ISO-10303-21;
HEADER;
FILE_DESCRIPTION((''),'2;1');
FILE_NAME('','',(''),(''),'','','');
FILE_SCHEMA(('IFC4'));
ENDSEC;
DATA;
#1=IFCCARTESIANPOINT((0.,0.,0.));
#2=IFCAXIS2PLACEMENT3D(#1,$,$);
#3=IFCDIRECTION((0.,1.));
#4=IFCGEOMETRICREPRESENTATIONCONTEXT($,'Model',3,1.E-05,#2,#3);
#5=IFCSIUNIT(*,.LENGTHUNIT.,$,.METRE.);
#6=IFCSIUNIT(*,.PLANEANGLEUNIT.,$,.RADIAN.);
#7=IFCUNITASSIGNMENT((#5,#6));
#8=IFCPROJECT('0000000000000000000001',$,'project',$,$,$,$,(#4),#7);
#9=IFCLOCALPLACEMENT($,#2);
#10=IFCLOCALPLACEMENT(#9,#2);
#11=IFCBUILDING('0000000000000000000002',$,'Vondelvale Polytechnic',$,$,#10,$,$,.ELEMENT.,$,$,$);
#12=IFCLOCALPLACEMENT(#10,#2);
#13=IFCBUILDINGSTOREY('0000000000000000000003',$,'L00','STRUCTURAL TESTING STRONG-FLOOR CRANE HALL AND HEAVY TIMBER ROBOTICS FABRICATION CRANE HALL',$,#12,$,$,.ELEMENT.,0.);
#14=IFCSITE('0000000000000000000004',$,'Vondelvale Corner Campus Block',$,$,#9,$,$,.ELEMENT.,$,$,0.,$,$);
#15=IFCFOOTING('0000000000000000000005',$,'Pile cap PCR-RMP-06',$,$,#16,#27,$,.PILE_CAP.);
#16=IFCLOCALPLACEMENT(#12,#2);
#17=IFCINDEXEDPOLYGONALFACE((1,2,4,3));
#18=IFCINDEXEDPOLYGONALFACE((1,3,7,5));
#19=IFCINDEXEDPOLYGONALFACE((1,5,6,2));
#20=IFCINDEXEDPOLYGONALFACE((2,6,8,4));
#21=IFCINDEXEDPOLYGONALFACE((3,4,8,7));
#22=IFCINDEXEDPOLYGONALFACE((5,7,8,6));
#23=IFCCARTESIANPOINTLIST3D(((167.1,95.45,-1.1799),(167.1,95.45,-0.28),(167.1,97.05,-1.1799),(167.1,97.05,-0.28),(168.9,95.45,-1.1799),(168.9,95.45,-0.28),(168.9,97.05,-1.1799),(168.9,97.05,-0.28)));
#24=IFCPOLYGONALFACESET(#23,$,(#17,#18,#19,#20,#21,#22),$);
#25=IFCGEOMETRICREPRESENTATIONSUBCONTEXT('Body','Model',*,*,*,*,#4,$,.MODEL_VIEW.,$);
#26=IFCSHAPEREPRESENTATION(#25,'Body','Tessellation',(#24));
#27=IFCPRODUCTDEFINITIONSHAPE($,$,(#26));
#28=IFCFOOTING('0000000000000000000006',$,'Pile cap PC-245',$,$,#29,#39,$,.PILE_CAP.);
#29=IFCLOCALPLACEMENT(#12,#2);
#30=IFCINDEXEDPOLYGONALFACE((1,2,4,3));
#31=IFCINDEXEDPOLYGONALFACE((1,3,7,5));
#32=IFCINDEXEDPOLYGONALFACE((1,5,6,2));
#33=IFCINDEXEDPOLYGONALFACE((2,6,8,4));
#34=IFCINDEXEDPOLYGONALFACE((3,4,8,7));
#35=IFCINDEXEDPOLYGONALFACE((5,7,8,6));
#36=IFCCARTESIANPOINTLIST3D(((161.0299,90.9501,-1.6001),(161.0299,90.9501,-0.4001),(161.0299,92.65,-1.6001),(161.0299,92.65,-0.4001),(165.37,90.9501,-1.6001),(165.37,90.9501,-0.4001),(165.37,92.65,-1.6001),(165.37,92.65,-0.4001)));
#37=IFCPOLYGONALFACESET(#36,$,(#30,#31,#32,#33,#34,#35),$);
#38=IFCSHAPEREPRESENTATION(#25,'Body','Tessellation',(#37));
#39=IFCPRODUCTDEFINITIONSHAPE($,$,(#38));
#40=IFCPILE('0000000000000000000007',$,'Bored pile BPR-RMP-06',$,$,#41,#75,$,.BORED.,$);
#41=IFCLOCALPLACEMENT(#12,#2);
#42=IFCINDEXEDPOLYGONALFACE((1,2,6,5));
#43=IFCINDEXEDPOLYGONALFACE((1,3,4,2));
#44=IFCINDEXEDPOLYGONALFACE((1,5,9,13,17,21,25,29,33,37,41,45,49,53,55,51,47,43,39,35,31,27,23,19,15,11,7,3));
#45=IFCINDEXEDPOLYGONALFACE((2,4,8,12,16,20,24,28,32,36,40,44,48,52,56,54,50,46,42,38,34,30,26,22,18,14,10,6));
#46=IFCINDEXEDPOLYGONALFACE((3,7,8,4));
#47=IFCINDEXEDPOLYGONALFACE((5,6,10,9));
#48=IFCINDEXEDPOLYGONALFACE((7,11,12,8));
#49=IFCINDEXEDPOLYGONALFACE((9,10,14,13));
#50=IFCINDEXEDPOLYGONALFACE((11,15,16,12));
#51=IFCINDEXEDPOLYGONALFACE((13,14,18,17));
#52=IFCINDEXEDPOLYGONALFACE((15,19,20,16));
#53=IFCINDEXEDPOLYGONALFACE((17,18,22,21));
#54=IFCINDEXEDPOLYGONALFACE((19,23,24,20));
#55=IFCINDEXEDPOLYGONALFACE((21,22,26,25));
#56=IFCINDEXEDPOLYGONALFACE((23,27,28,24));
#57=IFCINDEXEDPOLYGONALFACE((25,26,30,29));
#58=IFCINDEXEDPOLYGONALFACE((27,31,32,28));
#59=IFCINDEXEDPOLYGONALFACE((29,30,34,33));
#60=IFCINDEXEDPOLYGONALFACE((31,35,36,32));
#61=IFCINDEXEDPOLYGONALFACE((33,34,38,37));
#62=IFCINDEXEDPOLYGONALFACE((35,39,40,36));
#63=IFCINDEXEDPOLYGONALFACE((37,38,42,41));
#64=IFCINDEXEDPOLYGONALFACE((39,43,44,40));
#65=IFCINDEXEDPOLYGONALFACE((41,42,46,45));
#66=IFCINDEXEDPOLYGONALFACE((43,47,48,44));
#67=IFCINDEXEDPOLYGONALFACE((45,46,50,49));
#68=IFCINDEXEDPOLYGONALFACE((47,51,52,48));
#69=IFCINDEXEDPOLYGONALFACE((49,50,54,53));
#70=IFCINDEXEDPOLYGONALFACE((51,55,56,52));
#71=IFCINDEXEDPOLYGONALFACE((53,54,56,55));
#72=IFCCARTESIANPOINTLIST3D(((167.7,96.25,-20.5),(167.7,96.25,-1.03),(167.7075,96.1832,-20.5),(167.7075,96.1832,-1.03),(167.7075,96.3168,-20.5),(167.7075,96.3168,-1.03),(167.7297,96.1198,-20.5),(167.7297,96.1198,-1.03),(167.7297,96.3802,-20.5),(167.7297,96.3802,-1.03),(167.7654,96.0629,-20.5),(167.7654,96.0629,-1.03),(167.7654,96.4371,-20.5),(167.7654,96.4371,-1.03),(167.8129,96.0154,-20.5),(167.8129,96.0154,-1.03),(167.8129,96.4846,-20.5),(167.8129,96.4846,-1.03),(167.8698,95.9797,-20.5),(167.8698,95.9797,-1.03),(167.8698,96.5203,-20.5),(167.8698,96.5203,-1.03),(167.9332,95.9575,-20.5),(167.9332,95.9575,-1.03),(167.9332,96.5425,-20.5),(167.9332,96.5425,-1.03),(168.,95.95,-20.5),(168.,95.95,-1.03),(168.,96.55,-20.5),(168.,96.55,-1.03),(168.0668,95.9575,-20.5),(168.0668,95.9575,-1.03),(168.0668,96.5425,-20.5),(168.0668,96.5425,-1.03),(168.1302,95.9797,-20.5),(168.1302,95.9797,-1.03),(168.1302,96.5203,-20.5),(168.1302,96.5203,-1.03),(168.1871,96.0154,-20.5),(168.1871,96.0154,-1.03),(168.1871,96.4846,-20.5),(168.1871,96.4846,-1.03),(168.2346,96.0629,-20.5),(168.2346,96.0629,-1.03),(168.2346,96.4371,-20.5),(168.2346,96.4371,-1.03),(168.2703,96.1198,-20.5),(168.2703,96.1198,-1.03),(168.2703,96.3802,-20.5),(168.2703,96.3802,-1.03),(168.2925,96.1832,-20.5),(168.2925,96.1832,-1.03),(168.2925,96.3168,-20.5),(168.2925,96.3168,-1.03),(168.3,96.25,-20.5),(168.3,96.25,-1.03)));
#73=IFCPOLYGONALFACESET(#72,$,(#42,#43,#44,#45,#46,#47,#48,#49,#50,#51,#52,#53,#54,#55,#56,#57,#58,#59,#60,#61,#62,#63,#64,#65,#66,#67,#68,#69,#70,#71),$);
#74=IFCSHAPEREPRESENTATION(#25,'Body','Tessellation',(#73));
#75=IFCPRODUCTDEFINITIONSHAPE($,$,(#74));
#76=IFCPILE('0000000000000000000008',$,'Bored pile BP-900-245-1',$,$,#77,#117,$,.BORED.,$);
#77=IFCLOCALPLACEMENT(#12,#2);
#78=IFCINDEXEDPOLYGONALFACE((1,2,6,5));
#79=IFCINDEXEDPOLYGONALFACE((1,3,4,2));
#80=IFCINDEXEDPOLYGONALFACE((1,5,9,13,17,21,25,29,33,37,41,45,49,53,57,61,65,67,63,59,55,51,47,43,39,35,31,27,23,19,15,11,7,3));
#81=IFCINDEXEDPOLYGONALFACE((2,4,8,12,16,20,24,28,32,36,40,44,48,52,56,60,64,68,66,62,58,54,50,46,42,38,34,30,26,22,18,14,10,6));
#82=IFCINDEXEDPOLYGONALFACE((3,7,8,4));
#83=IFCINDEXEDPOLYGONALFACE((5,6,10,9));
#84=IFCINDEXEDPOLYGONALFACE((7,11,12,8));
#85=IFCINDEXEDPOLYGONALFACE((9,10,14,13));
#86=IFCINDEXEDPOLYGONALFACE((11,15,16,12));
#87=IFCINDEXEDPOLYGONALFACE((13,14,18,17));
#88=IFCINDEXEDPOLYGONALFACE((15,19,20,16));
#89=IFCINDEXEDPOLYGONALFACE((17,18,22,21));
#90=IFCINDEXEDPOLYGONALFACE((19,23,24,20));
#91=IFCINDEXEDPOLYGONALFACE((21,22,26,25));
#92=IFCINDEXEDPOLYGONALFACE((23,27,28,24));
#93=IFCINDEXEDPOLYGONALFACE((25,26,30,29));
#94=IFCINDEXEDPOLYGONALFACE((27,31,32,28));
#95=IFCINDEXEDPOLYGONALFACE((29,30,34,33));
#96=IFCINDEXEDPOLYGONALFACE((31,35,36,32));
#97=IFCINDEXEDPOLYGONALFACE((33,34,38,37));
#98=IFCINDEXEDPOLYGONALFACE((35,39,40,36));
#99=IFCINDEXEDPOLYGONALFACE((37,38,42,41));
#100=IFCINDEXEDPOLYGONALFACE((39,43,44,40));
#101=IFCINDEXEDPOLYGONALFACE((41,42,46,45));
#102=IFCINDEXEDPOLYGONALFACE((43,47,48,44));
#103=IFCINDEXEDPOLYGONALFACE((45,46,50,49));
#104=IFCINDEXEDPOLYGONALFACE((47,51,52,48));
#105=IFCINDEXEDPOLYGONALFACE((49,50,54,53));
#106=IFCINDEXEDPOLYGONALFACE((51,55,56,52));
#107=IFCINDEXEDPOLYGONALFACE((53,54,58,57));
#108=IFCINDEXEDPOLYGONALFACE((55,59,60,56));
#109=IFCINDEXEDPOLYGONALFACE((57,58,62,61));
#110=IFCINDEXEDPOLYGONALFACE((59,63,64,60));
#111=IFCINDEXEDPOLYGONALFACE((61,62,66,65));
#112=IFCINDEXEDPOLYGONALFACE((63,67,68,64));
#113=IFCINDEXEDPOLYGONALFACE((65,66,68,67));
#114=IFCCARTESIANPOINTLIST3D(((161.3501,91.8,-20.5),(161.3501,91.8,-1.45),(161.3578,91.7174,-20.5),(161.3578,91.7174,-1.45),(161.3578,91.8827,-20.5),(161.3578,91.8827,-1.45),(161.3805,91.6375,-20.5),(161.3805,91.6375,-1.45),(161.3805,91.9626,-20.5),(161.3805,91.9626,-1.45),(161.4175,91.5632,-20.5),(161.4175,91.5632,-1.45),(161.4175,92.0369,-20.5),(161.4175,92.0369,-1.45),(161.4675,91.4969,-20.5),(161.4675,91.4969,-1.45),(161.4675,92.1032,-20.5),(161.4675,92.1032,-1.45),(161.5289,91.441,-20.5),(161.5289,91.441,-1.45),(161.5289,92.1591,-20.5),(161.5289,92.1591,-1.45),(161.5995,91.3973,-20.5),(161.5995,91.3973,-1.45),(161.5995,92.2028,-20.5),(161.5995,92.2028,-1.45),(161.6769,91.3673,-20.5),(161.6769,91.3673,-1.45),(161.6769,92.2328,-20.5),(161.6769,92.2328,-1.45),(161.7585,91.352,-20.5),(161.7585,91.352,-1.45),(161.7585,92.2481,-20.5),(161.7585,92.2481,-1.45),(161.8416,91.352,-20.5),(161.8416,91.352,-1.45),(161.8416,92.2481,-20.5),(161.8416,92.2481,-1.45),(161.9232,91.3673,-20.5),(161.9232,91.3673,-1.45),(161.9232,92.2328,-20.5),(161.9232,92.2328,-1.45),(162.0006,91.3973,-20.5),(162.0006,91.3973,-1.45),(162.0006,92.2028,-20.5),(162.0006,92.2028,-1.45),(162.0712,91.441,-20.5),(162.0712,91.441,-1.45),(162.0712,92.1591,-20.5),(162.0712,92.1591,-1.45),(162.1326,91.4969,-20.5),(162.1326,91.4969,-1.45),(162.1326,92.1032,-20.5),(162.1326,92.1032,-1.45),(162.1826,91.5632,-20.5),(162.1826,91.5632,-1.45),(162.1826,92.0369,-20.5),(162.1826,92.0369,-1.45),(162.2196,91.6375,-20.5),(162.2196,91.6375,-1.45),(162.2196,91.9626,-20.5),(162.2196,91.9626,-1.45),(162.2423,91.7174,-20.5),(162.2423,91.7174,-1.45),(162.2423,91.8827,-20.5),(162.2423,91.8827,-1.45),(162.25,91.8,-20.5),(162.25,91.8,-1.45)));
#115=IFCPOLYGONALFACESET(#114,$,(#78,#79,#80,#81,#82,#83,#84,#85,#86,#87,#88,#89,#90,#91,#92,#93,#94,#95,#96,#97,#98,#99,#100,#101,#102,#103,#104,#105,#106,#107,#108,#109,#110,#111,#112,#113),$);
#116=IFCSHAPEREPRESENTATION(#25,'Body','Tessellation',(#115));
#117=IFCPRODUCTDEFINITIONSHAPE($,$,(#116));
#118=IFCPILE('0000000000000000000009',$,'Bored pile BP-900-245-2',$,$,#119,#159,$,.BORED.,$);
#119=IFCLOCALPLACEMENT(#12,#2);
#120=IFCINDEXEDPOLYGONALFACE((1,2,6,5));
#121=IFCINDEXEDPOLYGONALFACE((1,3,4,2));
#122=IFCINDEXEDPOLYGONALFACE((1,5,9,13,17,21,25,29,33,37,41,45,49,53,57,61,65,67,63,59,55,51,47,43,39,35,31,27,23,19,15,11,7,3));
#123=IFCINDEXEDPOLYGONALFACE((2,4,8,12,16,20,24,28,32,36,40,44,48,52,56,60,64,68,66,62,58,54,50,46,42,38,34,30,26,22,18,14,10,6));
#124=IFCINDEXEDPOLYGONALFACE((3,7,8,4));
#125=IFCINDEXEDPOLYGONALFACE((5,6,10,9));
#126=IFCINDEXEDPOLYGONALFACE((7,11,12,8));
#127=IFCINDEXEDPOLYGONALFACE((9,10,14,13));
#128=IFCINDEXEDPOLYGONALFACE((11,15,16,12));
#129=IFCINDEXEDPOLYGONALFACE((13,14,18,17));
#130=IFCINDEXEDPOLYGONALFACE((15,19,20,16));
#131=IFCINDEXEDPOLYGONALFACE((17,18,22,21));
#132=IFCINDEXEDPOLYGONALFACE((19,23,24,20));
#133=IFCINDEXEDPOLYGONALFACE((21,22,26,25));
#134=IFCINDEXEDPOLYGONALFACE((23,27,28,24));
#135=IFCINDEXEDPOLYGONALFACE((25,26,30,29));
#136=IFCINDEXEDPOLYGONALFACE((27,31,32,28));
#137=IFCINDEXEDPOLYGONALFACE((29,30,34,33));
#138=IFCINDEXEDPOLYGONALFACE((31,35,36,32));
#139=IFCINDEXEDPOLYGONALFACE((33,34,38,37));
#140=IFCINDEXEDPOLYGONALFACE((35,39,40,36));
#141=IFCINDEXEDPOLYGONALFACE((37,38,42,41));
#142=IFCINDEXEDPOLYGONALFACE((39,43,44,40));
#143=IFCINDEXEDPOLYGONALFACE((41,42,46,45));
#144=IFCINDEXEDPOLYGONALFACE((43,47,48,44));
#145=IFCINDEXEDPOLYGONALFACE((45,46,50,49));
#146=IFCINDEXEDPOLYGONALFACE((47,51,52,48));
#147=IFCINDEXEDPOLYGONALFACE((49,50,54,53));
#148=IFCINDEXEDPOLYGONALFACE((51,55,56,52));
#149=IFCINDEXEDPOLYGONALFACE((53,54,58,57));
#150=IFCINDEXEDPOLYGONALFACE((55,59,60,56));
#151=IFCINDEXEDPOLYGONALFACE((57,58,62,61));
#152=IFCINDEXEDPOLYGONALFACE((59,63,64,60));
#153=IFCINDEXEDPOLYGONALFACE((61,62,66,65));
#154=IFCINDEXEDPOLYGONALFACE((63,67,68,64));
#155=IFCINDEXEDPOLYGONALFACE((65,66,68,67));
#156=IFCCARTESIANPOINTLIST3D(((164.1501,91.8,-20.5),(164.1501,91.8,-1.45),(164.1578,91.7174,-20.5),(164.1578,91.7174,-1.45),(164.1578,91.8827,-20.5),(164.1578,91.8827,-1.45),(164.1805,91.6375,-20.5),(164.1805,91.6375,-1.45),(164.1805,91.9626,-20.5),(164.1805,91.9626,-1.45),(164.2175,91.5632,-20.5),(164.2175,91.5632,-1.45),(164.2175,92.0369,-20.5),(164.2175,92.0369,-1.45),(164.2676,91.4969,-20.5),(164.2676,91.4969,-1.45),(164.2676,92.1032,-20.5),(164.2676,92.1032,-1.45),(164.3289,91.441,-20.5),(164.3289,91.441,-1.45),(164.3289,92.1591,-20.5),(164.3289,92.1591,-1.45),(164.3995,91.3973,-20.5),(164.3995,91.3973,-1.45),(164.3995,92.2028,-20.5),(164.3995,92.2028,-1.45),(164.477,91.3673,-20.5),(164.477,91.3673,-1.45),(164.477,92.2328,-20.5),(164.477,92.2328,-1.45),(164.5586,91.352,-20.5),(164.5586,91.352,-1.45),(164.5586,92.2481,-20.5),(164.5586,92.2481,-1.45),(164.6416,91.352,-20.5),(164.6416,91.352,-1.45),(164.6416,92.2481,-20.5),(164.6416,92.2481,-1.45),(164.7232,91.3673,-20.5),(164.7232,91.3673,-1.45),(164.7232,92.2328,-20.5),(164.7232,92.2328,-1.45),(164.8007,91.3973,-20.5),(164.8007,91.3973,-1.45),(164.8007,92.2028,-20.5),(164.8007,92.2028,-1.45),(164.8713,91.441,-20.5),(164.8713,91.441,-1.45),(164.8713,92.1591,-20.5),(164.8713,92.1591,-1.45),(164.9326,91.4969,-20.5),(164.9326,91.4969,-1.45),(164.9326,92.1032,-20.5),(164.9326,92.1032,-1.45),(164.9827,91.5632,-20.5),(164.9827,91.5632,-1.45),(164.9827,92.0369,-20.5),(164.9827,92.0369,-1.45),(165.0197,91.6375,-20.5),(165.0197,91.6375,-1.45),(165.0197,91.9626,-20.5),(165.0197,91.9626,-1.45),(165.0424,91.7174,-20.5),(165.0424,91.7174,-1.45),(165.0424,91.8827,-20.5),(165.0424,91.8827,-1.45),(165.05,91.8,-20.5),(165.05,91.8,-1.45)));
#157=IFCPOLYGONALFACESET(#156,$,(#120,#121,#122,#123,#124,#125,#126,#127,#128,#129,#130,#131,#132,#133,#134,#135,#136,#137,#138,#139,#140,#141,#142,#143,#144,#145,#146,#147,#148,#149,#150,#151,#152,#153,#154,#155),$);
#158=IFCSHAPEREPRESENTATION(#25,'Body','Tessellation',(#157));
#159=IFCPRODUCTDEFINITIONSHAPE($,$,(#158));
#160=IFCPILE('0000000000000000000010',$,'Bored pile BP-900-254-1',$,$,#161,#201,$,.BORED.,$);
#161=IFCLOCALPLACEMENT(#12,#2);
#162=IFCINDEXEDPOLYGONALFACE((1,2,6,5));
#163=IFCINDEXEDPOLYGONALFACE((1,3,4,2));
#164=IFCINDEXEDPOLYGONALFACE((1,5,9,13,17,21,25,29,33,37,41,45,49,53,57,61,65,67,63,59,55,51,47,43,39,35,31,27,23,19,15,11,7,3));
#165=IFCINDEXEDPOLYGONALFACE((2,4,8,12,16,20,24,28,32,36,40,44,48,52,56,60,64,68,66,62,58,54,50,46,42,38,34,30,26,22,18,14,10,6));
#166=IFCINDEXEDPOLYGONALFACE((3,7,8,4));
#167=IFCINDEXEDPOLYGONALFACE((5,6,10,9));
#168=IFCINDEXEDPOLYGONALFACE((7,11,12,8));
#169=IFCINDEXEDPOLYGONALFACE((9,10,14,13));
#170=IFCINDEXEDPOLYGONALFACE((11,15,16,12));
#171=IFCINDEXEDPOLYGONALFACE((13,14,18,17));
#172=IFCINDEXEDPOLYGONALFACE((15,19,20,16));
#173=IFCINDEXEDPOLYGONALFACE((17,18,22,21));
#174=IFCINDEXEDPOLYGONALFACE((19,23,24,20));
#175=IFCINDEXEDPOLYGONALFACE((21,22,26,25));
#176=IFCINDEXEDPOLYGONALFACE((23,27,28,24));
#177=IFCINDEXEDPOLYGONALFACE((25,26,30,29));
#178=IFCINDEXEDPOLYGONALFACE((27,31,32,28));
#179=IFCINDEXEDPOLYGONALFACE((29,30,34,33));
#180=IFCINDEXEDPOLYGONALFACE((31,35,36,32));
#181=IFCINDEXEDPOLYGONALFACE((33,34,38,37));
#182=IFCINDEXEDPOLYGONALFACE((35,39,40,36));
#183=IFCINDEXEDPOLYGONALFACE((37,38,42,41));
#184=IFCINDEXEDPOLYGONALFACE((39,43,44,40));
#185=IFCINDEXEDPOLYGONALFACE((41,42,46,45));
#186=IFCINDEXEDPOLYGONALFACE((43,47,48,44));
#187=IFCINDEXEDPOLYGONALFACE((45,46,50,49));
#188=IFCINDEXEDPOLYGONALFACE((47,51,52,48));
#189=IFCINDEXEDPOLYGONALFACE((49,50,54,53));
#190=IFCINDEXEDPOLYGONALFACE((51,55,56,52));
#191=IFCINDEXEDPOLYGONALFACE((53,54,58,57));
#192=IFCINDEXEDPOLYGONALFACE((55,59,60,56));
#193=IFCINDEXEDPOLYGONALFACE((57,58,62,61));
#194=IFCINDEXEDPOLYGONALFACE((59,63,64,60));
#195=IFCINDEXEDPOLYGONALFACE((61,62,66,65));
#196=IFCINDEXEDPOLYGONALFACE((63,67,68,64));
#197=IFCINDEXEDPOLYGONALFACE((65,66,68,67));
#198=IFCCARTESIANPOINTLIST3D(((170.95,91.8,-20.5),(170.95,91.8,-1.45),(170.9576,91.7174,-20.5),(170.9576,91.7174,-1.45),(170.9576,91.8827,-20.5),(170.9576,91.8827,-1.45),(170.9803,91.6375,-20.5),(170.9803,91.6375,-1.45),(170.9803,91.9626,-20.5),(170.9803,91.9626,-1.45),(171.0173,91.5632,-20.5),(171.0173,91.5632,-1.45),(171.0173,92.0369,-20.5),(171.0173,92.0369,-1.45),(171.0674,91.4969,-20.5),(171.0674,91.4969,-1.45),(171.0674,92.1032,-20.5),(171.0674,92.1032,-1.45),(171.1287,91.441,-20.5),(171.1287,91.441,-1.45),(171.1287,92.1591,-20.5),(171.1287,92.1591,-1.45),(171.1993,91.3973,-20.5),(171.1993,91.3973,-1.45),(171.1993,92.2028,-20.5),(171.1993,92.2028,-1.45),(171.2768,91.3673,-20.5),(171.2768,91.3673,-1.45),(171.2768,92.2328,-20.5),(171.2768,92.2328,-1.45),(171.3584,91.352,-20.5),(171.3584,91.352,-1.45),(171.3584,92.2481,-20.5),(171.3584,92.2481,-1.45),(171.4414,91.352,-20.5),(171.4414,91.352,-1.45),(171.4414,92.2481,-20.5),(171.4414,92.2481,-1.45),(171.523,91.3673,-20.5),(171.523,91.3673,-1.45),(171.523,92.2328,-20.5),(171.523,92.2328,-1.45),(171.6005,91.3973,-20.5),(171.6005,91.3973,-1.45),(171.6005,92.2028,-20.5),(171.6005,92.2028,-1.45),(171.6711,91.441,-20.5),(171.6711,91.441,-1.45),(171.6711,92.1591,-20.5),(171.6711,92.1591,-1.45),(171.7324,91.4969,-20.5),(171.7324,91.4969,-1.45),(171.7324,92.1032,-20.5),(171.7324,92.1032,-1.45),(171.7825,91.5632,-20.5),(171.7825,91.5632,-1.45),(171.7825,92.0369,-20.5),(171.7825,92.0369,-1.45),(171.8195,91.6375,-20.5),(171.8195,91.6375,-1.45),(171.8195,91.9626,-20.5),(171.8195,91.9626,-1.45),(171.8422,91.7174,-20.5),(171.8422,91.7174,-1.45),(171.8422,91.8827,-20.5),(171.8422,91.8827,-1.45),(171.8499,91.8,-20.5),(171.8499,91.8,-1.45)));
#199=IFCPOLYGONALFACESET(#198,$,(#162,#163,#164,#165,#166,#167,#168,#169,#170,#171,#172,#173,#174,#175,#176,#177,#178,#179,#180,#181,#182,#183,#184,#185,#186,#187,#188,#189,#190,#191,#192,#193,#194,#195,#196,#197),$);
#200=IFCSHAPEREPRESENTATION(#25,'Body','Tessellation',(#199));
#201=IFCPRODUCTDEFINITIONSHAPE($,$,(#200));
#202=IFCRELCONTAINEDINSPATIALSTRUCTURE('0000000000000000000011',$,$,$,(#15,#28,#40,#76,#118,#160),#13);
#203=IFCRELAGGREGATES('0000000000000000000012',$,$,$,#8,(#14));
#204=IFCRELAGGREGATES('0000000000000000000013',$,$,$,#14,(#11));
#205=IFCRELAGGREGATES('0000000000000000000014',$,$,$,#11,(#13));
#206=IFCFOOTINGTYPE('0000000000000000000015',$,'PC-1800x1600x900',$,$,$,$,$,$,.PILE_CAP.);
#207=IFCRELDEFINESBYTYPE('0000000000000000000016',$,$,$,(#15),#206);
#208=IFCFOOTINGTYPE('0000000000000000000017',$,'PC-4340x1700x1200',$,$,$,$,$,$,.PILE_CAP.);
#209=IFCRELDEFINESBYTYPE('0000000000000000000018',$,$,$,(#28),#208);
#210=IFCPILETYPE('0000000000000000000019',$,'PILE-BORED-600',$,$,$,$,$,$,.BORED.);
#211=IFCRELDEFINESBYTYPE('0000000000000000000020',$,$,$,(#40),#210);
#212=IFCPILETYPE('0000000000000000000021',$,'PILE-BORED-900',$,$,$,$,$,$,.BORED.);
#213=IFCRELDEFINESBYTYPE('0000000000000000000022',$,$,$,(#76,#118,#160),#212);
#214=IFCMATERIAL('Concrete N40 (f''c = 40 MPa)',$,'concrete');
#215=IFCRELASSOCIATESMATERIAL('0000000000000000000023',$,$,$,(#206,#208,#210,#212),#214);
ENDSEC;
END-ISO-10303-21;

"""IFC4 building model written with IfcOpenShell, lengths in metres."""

from ifc_helpers import new_model, si_unit, direction, frame, origin, origin_2d, place, context, subcontext, project, spatial, rectangle, circle, extrude, material, material_profile, profile_set, type_object, element, save


model = new_model("IFC4")

# Units and contexts
model_context = context("Model", 3, precision=1e-05, world=origin(), true_north=direction((0.0, 1.0)))
body_context = subcontext(model_context, "Body", "Model", "MODEL_VIEW")
ifc_project = project(units=[si_unit("LENGTHUNIT", "METRE"), si_unit("PLANEANGLEUNIT", "RADIAN")], contexts=[model_context])

# Site, building, storey
site_placement = place(None, origin())
site = spatial("IfcSite", under=ifc_project, at=site_placement, Name="Vondelvale Corner Campus Block", CompositionType="ELEMENT", RefElevation=0.0)
building_placement = place(site_placement, origin())
building = spatial("IfcBuilding", under=site, at=building_placement, Name="Vondelvale Polytechnic", CompositionType="ELEMENT")
storey_placement = place(building_placement, origin())
storey = spatial("IfcBuildingStorey", under=building, at=storey_placement, Name="L00", Description="STRUCTURAL TESTING STRONG-FLOOR CRANE HALL AND HEAVY TIMBER ROBOTICS FABRICATION CRANE HALL", CompositionType="ELEMENT", Elevation=0.0)

# Footings
ifc_material_1 = material(Name="Concrete N40 (f'c = 40 MPa)", Category="concrete")
footing_type_1 = type_object("IfcFootingType", Name="PC-1800x1600x900", PredefinedType="PILE_CAP", material=ifc_material_1)
footing_1_placement = place(storey_placement, frame((168.0, 96.25, -1.1799), z_axis=(0.0, 0.0, 1.0), x_axis=(1.0, 0.0, 0.0)))
element("IfcFooting", 1, at=footing_1_placement, inside=storey, type_object=footing_type_1, Name="Pile cap PCR-RMP-06", PredefinedType="PILE_CAP", context=body_context, shape_type="SweptSolid", body=[
    extrude(rectangle(XDim=1.8, YDim=1.6001, at=origin_2d()), origin(), (0.0, 0.0, 1.0), 0.8999),
])
footing_type_2 = type_object("IfcFootingType", Name="PC-4340x1700x1200", PredefinedType="PILE_CAP", material=ifc_material_1)
footing_2_placement = place(storey_placement, frame((163.2, 91.8, -1.6001), z_axis=(0.0, 0.0, 1.0), x_axis=(1.0, 0.0, 0.0)))
element("IfcFooting", 2, at=footing_2_placement, inside=storey, type_object=footing_type_2, Name="Pile cap PC-245", PredefinedType="PILE_CAP", context=body_context, shape_type="SweptSolid", body=[
    extrude(rectangle(XDim=4.3401, YDim=1.7, at=origin_2d()), origin(), (0.0, 0.0, 1.0), 1.2),
])

# Piles
ifc_material_profile_1 = material_profile(ifc_material_1, circle(Radius=0.3, at=origin_2d()), Name="PILE-D600")
ifc_profile_set_1 = profile_set([ifc_material_profile_1], Name="Concrete N40 (f'c = 40 MPa)")
pile_type_1 = type_object("IfcPileType", Name="PILE-BORED-600", PredefinedType="BORED", material=ifc_profile_set_1)
pile_placement = place(storey_placement, frame((168.0, 96.25, -1.03), z_axis=(0.0, 0.0, -1.0), x_axis=(1.0, 0.0, 0.0)))
element("IfcPile", 3, at=pile_placement, inside=storey, type_object=pile_type_1, Name="Bored pile BPR-RMP-06", PredefinedType="BORED", context=body_context, shape_type="SweptSolid", body=[
    extrude(circle(Radius=0.3, at=origin_2d()), origin(), (0.0, 0.0, 1.0), 19.47),
])
ifc_material_profile_2 = material_profile(ifc_material_1, circle(Radius=0.45, at=origin_2d()), Name="PILE-D900")
ifc_profile_set_2 = profile_set([ifc_material_profile_2], Name="Concrete N40 (f'c = 40 MPa)")
pile_type_2 = type_object("IfcPileType", Name="PILE-BORED-900", PredefinedType="BORED", material=ifc_profile_set_2)
for number, where, z_axis, x_axis, name in (
    (4, (161.8, 91.8, -1.45), (0.0, 0.0, -1.0), (1.0, 0.0, 0.0), "Bored pile BP-900-245-1"),
    (5, (164.6001, 91.8, -1.45), (0.0, 0.0, -1.0), (1.0, 0.0, 0.0), "Bored pile BP-900-245-2"),
    (6, (171.3999, 91.8, -1.45), (0.0, 0.0, -1.0), (1.0, 0.0, 0.0), "Bored pile BP-900-254-1"),
):
    element("IfcPile", number, at=place(storey_placement, frame(where, z_axis=z_axis, x_axis=x_axis)), inside=storey, type_object=pile_type_2, Name=name, PredefinedType="BORED", context=body_context, shape_type="SweptSolid", body=[
        extrude(circle(Radius=0.45, at=origin_2d()), origin(), (0.0, 0.0, 1.0), 19.05),
    ])

save(model, "model.ifc")
